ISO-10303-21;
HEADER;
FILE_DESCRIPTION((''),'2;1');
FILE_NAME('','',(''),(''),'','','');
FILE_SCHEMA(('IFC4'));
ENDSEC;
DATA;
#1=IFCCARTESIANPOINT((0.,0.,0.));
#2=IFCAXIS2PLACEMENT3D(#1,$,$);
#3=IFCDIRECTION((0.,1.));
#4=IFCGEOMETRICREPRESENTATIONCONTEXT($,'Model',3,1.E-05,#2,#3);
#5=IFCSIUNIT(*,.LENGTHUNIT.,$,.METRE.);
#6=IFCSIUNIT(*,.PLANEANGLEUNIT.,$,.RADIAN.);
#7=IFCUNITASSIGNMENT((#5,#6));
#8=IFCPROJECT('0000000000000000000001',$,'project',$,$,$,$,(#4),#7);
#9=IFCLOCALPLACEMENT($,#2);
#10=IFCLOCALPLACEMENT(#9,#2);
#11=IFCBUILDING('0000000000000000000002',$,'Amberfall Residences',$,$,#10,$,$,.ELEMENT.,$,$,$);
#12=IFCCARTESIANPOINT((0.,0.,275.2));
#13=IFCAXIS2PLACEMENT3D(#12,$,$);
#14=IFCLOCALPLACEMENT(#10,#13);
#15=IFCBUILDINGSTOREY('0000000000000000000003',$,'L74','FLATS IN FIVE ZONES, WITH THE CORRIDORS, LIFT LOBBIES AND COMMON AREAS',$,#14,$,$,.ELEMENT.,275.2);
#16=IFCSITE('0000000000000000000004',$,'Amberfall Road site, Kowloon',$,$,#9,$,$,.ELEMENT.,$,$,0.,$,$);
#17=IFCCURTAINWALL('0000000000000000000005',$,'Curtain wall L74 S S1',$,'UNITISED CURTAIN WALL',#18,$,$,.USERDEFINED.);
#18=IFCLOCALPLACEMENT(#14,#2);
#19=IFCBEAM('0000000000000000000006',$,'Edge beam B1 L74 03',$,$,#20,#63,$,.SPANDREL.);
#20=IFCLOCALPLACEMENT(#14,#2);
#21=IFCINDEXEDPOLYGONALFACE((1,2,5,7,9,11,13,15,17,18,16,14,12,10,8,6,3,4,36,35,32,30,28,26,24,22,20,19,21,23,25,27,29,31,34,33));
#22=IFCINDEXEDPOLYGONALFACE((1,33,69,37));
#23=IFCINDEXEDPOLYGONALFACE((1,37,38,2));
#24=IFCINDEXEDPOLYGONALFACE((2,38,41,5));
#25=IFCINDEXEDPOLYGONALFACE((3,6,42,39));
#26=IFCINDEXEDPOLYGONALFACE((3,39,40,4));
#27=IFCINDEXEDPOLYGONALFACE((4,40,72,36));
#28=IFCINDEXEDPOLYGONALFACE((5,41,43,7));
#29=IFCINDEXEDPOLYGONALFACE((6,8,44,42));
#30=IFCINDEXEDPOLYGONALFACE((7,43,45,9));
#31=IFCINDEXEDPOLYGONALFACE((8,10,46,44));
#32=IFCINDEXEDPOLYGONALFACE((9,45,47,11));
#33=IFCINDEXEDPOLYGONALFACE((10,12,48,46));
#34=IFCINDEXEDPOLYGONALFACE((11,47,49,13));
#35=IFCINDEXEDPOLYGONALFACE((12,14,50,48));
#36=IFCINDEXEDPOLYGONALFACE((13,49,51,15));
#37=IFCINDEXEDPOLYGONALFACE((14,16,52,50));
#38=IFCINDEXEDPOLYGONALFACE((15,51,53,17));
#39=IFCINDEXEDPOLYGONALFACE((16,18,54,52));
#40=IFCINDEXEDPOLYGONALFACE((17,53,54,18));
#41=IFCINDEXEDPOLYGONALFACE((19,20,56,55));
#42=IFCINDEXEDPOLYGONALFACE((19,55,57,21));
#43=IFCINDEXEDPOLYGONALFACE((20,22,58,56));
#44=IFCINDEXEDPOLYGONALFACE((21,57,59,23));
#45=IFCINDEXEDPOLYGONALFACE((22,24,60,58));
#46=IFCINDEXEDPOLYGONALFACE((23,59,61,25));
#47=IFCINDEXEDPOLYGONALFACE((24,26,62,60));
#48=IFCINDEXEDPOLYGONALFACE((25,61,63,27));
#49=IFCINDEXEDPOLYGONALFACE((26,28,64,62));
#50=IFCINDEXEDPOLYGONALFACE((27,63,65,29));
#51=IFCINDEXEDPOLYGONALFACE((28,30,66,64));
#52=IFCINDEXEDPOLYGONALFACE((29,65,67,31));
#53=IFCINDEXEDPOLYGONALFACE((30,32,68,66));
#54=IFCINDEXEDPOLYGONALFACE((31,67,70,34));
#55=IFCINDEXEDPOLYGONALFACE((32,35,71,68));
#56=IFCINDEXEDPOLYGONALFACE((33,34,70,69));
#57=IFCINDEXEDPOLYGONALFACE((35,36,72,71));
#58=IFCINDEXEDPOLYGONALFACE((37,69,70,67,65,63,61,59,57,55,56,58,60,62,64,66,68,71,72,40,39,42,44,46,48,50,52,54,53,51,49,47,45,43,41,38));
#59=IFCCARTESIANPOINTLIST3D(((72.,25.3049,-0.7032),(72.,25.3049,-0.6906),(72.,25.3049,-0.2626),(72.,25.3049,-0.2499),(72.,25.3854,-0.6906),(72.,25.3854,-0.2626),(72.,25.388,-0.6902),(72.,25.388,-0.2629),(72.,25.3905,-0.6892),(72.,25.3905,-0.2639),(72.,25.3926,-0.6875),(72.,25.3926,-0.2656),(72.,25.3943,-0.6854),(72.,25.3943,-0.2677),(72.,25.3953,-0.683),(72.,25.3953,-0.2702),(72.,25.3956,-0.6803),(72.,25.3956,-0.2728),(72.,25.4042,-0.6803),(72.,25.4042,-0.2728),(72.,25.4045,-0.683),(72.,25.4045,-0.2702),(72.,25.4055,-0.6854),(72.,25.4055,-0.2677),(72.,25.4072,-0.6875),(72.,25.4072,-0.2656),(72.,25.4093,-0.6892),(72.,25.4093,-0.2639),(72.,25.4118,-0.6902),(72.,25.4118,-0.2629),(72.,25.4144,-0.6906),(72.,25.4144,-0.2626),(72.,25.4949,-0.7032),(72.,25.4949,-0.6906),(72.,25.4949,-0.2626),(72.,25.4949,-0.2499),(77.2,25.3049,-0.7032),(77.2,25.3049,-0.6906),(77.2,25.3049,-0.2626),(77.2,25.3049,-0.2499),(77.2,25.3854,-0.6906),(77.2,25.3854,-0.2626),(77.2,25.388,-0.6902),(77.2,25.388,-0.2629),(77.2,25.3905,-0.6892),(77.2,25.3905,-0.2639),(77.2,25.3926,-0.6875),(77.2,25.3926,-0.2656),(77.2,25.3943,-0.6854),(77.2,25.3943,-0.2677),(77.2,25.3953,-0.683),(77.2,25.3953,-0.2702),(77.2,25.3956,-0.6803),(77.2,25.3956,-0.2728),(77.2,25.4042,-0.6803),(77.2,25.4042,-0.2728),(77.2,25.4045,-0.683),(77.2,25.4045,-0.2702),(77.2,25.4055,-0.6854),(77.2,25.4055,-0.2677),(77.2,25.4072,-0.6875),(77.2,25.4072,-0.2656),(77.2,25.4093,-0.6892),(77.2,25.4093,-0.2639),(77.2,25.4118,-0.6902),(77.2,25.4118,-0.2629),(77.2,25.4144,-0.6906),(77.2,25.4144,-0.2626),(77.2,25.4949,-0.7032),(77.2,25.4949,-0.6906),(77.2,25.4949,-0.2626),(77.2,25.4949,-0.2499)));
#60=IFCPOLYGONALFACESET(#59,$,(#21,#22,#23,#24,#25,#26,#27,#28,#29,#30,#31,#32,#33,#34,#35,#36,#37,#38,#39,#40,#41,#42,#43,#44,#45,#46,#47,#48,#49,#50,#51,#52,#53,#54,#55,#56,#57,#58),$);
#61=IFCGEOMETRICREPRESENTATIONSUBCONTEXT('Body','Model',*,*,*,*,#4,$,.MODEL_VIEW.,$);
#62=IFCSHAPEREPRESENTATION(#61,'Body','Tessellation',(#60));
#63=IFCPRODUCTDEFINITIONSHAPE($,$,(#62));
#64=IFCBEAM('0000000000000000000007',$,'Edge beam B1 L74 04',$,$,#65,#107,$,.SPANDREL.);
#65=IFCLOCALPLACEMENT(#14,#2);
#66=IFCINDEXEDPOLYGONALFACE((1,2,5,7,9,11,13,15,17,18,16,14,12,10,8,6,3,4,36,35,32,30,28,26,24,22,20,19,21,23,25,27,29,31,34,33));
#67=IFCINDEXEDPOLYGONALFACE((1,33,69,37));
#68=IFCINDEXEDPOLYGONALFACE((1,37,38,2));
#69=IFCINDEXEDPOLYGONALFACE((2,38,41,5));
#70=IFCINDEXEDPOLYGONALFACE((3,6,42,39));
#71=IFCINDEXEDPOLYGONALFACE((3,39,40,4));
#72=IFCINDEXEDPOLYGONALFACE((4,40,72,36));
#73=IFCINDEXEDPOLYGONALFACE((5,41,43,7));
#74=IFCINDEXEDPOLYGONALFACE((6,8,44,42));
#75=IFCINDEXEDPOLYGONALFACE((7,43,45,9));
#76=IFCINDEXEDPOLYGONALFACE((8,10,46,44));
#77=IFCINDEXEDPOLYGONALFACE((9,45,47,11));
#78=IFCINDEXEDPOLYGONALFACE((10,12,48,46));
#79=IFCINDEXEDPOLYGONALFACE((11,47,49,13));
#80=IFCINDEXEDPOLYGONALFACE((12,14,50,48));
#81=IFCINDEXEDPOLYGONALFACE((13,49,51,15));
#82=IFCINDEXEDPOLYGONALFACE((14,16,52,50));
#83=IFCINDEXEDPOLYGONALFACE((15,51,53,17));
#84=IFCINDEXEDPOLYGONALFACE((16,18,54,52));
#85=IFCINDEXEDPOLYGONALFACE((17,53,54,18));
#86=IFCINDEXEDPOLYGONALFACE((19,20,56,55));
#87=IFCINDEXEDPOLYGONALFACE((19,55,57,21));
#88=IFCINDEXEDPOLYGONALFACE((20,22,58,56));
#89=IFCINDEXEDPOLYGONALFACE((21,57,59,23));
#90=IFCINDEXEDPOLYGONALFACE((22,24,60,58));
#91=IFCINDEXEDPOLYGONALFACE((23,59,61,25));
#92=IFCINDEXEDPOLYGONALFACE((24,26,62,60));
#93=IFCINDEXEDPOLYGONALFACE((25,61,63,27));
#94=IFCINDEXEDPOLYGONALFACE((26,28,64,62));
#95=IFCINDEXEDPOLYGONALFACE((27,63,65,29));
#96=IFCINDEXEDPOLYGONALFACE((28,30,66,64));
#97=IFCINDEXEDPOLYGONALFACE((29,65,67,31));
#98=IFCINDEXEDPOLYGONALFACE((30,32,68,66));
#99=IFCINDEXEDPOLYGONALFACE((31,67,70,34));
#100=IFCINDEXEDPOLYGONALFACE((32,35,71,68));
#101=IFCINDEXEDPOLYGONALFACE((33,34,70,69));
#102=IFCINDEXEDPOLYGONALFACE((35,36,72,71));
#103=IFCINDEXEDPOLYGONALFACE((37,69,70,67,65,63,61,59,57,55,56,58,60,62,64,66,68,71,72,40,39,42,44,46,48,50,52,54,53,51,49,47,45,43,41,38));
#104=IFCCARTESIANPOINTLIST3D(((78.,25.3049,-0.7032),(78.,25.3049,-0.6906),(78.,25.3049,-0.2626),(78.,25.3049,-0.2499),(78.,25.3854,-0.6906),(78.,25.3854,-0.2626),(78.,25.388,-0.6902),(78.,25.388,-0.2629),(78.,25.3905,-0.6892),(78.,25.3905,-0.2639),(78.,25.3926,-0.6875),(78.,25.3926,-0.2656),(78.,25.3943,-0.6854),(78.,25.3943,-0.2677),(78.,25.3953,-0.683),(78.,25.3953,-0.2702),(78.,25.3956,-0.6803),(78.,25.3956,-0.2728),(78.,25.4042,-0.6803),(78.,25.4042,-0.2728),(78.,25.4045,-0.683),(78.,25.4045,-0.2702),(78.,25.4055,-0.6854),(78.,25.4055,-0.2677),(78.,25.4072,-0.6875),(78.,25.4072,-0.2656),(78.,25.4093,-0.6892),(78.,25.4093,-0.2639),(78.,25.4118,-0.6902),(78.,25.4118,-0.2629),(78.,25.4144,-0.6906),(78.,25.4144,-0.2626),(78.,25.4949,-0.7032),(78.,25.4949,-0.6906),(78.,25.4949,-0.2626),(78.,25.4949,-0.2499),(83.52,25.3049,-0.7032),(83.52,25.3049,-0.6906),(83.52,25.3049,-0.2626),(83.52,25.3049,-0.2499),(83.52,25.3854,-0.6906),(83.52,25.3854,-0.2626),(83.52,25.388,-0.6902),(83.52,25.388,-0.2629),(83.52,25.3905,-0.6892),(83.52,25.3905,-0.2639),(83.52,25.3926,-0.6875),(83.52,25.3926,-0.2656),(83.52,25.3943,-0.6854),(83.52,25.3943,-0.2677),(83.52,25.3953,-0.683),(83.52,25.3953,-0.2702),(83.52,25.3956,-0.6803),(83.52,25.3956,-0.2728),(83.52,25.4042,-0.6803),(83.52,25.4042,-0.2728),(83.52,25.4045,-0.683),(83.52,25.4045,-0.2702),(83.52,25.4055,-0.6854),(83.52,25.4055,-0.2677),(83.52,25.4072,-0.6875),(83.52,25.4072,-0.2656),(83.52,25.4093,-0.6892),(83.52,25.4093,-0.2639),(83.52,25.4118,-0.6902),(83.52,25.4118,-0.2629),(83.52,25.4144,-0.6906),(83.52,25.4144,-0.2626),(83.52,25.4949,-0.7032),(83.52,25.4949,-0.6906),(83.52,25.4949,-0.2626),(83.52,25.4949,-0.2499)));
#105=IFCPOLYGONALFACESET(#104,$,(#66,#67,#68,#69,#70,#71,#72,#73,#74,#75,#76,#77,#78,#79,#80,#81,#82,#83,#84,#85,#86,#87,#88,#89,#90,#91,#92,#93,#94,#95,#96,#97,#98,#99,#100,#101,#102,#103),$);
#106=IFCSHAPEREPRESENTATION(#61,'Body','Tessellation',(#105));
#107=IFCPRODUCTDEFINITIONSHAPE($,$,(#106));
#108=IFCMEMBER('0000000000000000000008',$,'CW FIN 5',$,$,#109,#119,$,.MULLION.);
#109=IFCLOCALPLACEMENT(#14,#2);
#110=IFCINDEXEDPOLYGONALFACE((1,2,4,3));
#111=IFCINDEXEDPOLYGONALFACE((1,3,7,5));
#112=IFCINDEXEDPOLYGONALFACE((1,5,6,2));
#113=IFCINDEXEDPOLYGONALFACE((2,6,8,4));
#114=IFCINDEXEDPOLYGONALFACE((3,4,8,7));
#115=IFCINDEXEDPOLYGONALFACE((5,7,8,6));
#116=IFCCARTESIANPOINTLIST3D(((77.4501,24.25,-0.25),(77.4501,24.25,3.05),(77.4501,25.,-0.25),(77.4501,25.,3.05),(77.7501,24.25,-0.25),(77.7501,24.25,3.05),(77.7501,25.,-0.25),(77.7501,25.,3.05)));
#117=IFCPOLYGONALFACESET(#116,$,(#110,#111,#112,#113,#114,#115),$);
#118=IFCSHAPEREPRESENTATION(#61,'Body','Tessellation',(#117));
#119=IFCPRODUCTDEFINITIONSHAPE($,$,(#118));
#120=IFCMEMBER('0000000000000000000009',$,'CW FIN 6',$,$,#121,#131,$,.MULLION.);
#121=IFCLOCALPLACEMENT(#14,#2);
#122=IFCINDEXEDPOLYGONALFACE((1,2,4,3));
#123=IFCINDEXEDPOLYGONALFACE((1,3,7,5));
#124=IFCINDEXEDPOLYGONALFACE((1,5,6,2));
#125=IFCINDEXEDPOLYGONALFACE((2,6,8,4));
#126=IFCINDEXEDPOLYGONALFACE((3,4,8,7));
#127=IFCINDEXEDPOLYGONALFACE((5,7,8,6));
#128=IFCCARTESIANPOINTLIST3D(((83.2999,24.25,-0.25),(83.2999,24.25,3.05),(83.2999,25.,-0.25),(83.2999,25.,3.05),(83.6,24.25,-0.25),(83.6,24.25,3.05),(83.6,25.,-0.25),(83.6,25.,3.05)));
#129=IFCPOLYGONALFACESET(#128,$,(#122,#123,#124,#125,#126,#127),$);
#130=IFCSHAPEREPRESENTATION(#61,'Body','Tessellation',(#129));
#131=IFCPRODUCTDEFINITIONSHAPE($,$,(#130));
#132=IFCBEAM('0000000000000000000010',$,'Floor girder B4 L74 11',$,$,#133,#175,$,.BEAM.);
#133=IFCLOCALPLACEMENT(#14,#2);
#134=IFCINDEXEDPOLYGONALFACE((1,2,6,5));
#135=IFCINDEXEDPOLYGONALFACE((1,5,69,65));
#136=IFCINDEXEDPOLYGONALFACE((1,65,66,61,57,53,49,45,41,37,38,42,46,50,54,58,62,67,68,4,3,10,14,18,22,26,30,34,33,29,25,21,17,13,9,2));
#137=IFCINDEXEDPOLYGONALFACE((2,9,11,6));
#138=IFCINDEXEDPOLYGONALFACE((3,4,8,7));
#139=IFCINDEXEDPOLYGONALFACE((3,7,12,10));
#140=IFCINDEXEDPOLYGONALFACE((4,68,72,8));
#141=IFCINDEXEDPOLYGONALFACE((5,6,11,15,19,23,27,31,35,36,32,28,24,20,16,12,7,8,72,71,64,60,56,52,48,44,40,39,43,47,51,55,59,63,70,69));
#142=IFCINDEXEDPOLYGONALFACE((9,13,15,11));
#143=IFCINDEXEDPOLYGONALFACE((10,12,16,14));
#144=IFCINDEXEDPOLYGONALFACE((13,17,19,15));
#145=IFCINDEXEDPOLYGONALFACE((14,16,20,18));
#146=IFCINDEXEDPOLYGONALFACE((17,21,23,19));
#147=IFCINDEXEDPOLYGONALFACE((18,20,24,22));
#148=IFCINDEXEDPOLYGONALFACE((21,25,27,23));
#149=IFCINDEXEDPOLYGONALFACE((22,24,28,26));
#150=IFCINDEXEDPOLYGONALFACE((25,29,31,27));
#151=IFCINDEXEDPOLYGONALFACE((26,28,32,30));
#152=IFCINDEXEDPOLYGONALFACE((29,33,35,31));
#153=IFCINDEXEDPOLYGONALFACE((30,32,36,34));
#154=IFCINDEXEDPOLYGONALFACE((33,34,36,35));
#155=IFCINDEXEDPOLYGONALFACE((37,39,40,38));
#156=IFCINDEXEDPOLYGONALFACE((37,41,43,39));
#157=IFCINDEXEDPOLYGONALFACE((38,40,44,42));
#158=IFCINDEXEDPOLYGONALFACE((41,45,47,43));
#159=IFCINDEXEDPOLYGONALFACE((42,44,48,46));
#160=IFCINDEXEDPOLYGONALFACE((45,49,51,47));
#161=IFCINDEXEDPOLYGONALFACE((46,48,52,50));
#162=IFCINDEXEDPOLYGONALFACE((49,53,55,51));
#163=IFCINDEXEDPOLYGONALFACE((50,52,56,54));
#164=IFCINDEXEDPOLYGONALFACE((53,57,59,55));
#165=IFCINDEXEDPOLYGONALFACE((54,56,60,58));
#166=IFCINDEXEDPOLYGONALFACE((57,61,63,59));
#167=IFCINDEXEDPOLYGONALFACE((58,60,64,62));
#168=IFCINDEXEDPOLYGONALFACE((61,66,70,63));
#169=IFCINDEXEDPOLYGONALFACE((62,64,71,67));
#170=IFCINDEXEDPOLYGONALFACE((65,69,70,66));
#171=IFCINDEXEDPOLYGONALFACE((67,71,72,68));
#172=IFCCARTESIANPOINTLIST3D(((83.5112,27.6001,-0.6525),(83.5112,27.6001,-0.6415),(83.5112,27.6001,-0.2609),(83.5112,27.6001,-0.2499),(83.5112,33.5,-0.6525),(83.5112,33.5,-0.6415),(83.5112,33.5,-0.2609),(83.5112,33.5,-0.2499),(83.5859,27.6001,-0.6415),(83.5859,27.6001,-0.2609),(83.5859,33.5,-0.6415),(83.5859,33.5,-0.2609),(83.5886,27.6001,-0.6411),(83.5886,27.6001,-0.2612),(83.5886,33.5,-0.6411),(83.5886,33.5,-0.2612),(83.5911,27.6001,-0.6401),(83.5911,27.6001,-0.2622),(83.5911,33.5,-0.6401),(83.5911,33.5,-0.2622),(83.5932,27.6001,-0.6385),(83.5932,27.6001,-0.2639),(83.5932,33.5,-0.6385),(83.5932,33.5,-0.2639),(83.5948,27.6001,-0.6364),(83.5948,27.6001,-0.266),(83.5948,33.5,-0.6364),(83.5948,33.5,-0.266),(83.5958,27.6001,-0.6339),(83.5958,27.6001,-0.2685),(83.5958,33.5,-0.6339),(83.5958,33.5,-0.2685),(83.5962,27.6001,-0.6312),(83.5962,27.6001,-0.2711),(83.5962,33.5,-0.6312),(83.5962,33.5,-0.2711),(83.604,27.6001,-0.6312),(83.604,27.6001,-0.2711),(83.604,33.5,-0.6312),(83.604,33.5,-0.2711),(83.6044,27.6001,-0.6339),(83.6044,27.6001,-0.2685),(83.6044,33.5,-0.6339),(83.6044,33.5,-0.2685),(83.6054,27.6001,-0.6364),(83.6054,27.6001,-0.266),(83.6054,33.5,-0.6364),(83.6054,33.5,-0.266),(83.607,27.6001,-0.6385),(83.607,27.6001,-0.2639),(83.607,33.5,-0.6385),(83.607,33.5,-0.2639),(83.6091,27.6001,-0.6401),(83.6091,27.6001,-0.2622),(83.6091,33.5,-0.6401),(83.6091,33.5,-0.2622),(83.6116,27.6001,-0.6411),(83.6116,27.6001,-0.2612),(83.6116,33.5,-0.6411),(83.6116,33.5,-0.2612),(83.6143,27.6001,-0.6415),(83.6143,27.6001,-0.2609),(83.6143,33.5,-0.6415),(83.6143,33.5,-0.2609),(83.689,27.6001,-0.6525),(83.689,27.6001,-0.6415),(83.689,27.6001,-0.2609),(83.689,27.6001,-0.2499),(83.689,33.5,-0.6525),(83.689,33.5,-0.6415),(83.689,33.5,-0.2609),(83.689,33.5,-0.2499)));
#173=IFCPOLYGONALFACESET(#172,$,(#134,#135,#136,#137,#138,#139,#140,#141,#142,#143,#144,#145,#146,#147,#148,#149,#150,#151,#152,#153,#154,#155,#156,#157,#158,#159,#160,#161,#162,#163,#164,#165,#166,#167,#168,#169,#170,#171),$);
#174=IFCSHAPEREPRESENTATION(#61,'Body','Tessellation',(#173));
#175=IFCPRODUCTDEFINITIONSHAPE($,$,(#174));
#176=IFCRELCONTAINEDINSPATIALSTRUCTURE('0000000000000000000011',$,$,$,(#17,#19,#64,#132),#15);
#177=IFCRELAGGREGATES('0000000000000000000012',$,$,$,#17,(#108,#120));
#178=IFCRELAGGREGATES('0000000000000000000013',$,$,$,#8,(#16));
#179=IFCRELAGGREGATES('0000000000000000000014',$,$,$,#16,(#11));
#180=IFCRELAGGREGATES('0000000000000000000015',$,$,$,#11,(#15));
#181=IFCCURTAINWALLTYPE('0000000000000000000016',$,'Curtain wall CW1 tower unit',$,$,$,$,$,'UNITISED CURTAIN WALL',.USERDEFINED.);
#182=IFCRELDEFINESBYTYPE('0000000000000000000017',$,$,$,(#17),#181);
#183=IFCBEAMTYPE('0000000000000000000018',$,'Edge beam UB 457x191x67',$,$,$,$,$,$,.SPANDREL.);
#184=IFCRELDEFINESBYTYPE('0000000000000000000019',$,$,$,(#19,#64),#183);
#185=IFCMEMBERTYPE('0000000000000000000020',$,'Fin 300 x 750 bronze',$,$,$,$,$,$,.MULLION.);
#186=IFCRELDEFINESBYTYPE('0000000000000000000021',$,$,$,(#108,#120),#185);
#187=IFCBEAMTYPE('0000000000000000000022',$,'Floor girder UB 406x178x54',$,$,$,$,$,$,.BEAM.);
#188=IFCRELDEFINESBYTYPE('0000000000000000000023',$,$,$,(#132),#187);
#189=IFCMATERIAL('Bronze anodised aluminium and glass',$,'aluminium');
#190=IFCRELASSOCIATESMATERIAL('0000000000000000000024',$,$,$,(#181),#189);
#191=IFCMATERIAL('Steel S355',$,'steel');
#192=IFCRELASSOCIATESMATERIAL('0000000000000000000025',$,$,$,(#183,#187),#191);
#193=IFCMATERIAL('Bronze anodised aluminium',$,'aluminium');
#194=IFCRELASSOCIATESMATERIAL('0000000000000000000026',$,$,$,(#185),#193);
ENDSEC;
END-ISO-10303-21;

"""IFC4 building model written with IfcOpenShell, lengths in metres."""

from ifc_helpers import new_model, si_unit, direction, frame, origin, origin_2d, place, context, subcontext, project, spatial, rectangle, i_section, extrude, material, material_profile, profile_set, type_object, element, aggregate, save


model = new_model("IFC4")

# Units and contexts
model_context = context("Model", 3, precision=1e-05, world=origin(), true_north=direction((0.0, 1.0)))
body_context = subcontext(model_context, "Body", "Model", "MODEL_VIEW")
ifc_project = project(units=[si_unit("LENGTHUNIT", "METRE"), si_unit("PLANEANGLEUNIT", "RADIAN")], contexts=[model_context])

# Site, building, storey
site_placement = place(None, origin())
site = spatial("IfcSite", under=ifc_project, at=site_placement, Name="Amberfall Road site, Kowloon", CompositionType="ELEMENT", RefElevation=0.0)
building_placement = place(site_placement, origin())
building = spatial("IfcBuilding", under=site, at=building_placement, Name="Amberfall Residences", CompositionType="ELEMENT")
storey_placement = place(building_placement, frame((0.0, 0.0, 275.2)))
storey = spatial("IfcBuildingStorey", under=building, at=storey_placement, Name="L74", Description="FLATS IN FIVE ZONES, WITH THE CORRIDORS, LIFT LOBBIES AND COMMON AREAS", CompositionType="ELEMENT", Elevation=275.2)

# Curtain wall
ifc_material_1 = material(Name="Bronze anodised aluminium and glass", Category="aluminium")
curtain_wall_type = type_object("IfcCurtainWallType", Name="Curtain wall CW1 tower unit", ElementType="UNITISED CURTAIN WALL", PredefinedType="USERDEFINED", material=ifc_material_1)
curtain_wall_placement = place(storey_placement, origin())
curtain_wall = element("IfcCurtainWall", 1, at=curtain_wall_placement, inside=storey, type_object=curtain_wall_type, Name="Curtain wall L74 S S1", ObjectType="UNITISED CURTAIN WALL", PredefinedType="USERDEFINED")
ifc_material_2 = material(Name="Bronze anodised aluminium", Category="aluminium")

# Beams
ifc_material_3 = material(Name="Steel S355", Category="steel")
ifc_material_profile_1 = material_profile(ifc_material_3, i_section(OverallWidth=0.1899, OverallDepth=0.4534, WebThickness=0.0085, FlangeThickness=0.0127, FilletRadius=0.0103, at=origin_2d()), Name="UB 457x191x67")
ifc_profile_set_1 = profile_set([ifc_material_profile_1], Name="Steel S355")
beam_type_1 = type_object("IfcBeamType", Name="Edge beam UB 457x191x67", PredefinedType="SPANDREL", material=ifc_profile_set_1)
beam_1_placement = place(storey_placement, frame((72.0, 25.3999, -0.4766), z_axis=(1.0, 0.0, 0.0), x_axis=(0.0, 1.0, 0.0)))
element("IfcBeam", 2, at=beam_1_placement, inside=storey, type_object=beam_type_1, Name="Edge beam B1 L74 03", PredefinedType="SPANDREL", context=body_context, shape_type="SweptSolid", body=[
    extrude(i_section(OverallWidth=0.1899, OverallDepth=0.4534, WebThickness=0.0085, FlangeThickness=0.0127, FilletRadius=0.0103, at=origin_2d()), origin(), (0.0, 0.0, 1.0), 5.2),
])
beam_2_placement = place(storey_placement, frame((78.0, 25.3999, -0.4766), z_axis=(1.0, 0.0, 0.0), x_axis=(0.0, 1.0, 0.0)))
element("IfcBeam", 3, at=beam_2_placement, inside=storey, type_object=beam_type_1, Name="Edge beam B1 L74 04", PredefinedType="SPANDREL", context=body_context, shape_type="SweptSolid", body=[
    extrude(i_section(OverallWidth=0.1899, OverallDepth=0.4534, WebThickness=0.0085, FlangeThickness=0.0127, FilletRadius=0.0103, at=origin_2d()), origin(), (0.0, 0.0, 1.0), 5.52),
])

# Members
ifc_material_profile_2 = material_profile(ifc_material_2, rectangle(XDim=0.75, YDim=0.3, at=origin_2d()), Name="Fin 300 x 750 bronze")
ifc_profile_set_2 = profile_set([ifc_material_profile_2], Name="Bronze anodised aluminium")
member_type_1 = type_object("IfcMemberType", Name="Fin 300 x 750 bronze", PredefinedType="MULLION", material=ifc_profile_set_2)
member_1_placement = place(storey_placement, frame((77.6001, 24.625, -0.25), z_axis=(0.0, 0.0, 1.0), x_axis=(0.0, 1.0, 0.0)))
member_1 = element("IfcMember", 4, at=member_1_placement, type_object=member_type_1, Name="CW FIN 5", PredefinedType="MULLION", context=body_context, shape_type="SweptSolid", body=[
    extrude(rectangle(XDim=0.75, YDim=0.3, at=origin_2d()), origin(), (0.0, 0.0, 1.0), 3.3),
])
member_2_placement = place(storey_placement, frame((83.45, 24.625, -0.25), z_axis=(0.0, 0.0, 1.0), x_axis=(0.0, 1.0, 0.0)))
member_2 = element("IfcMember", 5, at=member_2_placement, type_object=member_type_1, Name="CW FIN 6", PredefinedType="MULLION", context=body_context, shape_type="SweptSolid", body=[
    extrude(rectangle(XDim=0.75, YDim=0.3, at=origin_2d()), origin(), (0.0, 0.0, 1.0), 3.3),
])

# Beam
ifc_material_profile_3 = material_profile(ifc_material_3, i_section(OverallWidth=0.1777, OverallDepth=0.4026, WebThickness=0.0078, FlangeThickness=0.011, FilletRadius=0.0103, at=origin_2d()), Name="UB 406x178x54")
ifc_profile_set_3 = profile_set([ifc_material_profile_3], Name="Steel S355")
beam_type_2 = type_object("IfcBeamType", Name="Floor girder UB 406x178x54", PredefinedType="BEAM", material=ifc_profile_set_3)
beam_3_placement = place(storey_placement, frame((83.6001, 27.6001, -0.4512), z_axis=(0.0, 1.0, 0.0), x_axis=(-1.0, 0.0, 0.0)))
element("IfcBeam", 6, at=beam_3_placement, inside=storey, type_object=beam_type_2, Name="Floor girder B4 L74 11", PredefinedType="BEAM", context=body_context, shape_type="SweptSolid", body=[
    extrude(i_section(OverallWidth=0.1777, OverallDepth=0.4026, WebThickness=0.0078, FlangeThickness=0.011, FilletRadius=0.0103, at=origin_2d()), origin(), (0.0, 0.0, 1.0), 5.8999),
])

aggregate(curtain_wall, [member_1, member_2])

save(model, "model.ifc")
